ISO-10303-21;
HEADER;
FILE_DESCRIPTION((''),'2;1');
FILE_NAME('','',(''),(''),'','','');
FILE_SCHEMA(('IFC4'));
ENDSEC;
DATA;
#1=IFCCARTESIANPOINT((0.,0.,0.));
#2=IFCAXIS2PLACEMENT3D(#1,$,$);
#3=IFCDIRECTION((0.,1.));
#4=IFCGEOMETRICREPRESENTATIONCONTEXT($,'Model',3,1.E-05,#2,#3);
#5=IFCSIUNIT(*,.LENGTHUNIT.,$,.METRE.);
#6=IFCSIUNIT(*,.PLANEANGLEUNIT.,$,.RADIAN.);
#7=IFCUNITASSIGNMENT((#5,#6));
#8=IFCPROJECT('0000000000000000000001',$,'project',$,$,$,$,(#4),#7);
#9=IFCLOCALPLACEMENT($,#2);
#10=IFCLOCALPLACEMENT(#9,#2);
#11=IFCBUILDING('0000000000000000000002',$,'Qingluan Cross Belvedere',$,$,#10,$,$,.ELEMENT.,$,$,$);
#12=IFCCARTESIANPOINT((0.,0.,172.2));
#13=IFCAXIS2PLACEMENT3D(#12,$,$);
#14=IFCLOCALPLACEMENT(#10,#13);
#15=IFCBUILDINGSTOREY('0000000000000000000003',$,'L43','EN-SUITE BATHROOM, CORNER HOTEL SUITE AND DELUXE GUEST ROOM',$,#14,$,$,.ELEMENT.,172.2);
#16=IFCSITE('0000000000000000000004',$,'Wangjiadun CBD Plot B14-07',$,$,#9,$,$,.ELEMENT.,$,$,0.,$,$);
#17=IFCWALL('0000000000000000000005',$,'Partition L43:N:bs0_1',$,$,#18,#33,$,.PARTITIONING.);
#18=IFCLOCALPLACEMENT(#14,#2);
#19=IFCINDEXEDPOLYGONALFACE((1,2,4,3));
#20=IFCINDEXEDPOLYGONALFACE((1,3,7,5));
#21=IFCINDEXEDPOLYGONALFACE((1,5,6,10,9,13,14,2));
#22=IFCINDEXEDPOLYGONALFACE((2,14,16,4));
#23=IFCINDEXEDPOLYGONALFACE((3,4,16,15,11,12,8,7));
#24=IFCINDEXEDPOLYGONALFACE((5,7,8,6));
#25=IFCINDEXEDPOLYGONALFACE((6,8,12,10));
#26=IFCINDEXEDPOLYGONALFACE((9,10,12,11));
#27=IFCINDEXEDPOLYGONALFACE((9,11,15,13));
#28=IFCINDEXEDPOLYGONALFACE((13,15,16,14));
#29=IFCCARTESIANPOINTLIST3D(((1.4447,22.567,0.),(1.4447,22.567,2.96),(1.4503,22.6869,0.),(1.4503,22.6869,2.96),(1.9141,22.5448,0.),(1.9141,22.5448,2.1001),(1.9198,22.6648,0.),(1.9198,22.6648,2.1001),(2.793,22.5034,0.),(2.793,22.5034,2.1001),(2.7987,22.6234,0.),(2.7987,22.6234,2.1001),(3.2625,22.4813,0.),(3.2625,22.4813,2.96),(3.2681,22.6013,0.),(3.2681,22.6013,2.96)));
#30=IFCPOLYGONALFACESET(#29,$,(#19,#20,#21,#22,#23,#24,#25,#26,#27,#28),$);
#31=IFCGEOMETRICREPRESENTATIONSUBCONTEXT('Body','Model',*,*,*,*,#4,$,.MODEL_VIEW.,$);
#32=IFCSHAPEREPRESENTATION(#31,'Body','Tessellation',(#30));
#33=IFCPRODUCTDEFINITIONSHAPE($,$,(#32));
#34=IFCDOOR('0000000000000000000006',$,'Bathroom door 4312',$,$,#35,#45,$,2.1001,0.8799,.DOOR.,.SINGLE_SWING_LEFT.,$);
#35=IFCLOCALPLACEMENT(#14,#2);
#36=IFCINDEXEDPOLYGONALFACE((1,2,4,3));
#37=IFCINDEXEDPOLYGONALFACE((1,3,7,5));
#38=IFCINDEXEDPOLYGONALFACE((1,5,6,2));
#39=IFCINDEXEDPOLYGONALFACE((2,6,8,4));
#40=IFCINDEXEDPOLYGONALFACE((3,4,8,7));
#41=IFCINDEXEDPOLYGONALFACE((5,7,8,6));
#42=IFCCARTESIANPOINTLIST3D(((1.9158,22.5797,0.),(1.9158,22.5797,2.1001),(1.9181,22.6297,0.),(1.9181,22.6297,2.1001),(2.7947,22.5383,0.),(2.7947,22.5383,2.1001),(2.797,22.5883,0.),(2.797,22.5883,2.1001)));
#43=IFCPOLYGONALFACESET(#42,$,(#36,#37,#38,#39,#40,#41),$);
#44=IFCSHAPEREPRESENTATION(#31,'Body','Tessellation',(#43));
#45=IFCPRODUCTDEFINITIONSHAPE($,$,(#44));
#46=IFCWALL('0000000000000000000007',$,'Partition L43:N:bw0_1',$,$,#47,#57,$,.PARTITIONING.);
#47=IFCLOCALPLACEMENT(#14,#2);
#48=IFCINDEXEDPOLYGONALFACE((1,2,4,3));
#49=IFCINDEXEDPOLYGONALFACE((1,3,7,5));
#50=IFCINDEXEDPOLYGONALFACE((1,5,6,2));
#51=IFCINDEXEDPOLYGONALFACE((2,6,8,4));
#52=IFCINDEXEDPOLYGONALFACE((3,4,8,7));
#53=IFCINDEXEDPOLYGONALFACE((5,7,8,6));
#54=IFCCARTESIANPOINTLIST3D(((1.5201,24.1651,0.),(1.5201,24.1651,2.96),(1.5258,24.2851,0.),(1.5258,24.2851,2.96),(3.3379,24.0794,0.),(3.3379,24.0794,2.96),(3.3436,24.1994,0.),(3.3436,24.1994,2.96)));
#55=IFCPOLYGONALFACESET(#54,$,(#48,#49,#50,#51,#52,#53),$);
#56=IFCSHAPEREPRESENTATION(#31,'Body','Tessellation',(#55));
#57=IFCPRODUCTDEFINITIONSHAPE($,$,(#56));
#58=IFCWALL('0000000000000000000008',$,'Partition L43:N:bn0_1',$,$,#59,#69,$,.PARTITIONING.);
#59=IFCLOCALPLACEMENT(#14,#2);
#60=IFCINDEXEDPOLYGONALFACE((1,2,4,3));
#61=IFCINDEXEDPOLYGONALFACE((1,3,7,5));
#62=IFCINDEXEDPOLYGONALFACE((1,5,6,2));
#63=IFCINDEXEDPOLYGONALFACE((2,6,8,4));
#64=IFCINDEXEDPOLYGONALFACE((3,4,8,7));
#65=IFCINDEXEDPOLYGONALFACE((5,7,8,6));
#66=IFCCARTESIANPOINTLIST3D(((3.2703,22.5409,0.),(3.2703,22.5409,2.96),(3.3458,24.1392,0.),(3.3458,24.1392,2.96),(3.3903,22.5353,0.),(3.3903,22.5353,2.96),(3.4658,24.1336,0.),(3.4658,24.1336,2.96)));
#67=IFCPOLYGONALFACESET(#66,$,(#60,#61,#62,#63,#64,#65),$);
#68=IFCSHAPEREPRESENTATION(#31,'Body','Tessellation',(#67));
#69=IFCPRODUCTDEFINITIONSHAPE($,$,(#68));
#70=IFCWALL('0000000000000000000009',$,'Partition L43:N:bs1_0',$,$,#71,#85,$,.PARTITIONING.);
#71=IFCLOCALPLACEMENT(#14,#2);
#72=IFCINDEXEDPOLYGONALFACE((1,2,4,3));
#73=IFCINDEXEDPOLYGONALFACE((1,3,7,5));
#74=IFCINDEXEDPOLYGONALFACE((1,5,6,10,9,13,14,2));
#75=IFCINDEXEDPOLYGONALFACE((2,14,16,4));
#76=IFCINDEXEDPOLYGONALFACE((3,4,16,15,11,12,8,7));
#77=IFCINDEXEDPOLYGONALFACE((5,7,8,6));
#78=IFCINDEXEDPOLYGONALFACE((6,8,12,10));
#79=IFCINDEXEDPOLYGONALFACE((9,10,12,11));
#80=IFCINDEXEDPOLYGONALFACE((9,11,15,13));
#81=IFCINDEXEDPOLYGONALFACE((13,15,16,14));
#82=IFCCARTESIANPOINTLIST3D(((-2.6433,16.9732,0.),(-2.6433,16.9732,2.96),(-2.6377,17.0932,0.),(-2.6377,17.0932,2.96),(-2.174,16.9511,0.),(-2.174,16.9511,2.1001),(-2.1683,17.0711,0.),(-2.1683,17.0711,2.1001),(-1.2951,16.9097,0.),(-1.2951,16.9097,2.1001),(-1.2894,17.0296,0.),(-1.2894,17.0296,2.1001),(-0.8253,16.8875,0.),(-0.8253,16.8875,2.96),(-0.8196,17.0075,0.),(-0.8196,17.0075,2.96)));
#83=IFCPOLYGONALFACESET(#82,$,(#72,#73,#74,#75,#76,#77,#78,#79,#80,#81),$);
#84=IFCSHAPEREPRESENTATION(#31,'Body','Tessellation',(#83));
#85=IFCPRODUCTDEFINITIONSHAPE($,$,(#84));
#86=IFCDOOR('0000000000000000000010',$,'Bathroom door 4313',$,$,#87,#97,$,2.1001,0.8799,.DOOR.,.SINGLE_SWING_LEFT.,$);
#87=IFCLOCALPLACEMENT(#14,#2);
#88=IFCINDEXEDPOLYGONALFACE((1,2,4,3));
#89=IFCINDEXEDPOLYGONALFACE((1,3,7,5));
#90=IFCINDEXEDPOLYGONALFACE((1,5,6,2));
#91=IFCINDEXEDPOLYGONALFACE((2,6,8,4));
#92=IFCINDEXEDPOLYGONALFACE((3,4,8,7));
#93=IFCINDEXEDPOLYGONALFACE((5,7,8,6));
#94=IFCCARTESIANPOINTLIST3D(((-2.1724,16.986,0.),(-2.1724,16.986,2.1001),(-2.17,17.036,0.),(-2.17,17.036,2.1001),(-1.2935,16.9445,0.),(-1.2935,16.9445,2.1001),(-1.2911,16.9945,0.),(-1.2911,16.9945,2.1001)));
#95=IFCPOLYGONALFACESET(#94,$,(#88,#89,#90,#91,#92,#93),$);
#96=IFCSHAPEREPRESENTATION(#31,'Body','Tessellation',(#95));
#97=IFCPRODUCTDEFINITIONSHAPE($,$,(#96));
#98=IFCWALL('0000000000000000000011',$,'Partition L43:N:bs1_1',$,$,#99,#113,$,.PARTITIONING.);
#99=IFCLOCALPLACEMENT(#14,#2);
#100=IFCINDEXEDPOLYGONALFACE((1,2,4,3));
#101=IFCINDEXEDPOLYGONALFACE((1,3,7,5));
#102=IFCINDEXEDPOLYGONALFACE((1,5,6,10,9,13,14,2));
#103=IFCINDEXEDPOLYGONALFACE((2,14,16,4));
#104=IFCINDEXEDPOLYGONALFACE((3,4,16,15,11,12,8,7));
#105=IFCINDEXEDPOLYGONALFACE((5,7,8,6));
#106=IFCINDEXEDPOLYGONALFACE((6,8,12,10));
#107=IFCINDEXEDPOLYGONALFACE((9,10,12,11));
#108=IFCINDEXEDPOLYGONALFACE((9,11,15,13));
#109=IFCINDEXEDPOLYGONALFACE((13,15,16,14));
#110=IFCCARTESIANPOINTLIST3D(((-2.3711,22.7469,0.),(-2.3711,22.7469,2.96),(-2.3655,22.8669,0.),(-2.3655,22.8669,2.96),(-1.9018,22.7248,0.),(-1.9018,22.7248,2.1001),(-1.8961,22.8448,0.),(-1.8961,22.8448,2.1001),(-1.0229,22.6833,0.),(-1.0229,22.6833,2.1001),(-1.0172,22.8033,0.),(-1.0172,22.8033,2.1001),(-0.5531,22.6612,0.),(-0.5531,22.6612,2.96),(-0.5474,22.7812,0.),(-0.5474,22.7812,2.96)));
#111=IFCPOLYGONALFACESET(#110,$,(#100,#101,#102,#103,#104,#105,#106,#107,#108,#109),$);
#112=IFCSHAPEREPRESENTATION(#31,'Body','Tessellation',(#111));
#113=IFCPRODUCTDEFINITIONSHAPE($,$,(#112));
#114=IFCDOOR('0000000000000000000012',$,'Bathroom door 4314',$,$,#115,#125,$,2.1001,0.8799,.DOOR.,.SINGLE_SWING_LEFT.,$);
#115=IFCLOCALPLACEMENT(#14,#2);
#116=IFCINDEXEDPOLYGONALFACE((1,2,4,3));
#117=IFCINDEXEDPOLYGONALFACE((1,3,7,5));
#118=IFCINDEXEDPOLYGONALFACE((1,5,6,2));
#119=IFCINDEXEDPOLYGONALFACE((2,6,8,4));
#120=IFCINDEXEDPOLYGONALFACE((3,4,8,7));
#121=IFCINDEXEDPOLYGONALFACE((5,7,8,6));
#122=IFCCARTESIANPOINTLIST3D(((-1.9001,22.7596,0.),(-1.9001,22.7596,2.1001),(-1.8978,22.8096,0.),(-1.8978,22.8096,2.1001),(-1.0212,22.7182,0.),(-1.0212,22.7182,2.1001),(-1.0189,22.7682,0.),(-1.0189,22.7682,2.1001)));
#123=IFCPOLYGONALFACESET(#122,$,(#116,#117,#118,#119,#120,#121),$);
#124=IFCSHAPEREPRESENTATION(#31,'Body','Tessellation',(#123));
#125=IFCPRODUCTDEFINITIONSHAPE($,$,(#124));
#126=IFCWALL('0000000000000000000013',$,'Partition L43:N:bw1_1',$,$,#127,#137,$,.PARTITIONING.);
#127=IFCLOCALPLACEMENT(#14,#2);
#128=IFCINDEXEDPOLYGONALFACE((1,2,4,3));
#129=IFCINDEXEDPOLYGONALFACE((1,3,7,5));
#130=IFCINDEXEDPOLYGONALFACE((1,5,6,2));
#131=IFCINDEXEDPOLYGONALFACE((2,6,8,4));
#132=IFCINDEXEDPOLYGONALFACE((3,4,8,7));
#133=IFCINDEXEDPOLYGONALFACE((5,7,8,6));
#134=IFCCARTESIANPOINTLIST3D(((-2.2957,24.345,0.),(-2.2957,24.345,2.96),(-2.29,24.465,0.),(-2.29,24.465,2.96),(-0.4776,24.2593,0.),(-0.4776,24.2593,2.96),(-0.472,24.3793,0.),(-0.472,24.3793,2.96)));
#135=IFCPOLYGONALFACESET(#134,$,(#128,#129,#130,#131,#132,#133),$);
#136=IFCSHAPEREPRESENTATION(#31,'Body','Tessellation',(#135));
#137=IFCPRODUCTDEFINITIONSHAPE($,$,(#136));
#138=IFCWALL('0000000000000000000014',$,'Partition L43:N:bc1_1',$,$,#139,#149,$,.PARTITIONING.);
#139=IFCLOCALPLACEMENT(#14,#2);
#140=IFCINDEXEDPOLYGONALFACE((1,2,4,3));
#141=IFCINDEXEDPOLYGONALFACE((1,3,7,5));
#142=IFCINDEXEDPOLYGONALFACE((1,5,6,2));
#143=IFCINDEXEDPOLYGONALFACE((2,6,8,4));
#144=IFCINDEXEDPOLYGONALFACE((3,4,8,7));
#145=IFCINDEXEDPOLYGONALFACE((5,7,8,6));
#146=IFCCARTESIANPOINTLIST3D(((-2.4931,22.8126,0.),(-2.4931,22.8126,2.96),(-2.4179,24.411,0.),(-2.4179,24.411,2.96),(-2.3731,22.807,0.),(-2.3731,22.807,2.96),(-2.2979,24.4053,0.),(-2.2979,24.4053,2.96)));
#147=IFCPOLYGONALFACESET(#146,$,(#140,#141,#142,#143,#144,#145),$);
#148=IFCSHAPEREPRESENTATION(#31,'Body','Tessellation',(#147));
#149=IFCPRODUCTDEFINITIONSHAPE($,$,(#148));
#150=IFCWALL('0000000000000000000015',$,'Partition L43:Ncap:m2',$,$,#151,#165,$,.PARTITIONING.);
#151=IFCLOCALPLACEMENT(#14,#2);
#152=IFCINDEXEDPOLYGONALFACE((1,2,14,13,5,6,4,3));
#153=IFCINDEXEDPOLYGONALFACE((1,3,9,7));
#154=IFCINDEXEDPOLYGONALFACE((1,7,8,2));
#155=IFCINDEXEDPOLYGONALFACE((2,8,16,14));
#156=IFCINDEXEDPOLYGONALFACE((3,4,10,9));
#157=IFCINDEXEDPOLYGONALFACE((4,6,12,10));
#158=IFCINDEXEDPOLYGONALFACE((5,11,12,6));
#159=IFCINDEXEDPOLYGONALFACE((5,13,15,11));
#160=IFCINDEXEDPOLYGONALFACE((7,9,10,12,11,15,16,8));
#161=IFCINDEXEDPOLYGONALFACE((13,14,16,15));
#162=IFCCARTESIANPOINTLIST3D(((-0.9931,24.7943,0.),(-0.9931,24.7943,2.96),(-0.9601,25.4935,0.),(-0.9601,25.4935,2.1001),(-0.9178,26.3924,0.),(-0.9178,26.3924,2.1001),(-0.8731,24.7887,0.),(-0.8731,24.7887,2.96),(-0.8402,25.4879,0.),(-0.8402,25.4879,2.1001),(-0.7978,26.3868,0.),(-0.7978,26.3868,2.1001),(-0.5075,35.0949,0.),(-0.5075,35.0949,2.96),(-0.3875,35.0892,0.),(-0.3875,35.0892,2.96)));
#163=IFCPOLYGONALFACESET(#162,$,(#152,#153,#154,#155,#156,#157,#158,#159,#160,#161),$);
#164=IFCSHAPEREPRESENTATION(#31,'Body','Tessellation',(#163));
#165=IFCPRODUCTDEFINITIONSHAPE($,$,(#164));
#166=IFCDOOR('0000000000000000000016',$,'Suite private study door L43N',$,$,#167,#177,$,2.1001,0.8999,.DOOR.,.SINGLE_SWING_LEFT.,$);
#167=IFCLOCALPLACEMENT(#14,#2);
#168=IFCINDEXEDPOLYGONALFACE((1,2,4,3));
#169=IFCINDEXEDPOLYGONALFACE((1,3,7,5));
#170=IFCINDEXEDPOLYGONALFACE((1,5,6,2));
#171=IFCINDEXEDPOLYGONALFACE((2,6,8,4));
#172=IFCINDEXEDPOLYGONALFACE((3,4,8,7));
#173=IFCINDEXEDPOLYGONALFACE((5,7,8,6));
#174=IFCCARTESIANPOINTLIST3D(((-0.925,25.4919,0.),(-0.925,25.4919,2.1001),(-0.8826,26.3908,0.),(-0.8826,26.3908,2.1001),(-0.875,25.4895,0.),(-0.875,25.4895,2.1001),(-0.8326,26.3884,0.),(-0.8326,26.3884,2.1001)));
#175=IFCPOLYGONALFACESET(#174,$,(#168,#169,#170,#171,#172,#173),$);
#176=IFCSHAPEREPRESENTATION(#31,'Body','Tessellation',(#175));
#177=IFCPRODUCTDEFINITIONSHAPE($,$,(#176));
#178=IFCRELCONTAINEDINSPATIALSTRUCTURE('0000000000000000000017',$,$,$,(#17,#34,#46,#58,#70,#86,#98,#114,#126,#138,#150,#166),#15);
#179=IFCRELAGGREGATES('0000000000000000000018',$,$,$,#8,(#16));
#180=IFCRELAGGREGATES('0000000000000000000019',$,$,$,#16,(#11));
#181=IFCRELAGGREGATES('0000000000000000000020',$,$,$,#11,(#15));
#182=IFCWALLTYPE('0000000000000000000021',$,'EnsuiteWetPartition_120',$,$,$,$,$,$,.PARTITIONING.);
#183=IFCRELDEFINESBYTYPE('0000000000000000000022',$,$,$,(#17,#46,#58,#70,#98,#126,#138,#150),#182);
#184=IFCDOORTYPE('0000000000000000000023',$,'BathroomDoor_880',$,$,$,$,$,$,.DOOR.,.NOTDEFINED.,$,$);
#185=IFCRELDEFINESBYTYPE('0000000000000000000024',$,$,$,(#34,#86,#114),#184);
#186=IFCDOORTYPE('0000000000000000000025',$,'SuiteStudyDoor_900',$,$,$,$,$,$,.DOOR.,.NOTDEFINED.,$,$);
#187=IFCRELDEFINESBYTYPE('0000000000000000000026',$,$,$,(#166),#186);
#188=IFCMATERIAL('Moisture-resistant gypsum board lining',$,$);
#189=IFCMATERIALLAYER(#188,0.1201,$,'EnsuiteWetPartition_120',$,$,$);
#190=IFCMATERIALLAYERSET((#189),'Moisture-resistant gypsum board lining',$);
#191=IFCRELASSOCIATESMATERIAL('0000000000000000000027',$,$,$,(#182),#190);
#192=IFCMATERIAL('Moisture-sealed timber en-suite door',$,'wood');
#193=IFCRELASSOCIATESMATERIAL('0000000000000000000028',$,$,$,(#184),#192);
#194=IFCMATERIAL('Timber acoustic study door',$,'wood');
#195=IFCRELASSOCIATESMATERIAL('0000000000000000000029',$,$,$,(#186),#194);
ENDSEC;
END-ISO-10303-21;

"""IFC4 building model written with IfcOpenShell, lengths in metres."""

from ifc_helpers import new_model, si_unit, direction, frame, frame_2d, origin, place, context, subcontext, project, spatial, rectangle, extrude, material, layer, layer_set, type_object, element, fill, save


model = new_model("IFC4")

# Units and contexts
model_context = context("Model", 3, precision=1e-05, world=origin(), true_north=direction((0.0, 1.0)))
body_context = subcontext(model_context, "Body", "Model", "MODEL_VIEW")
ifc_project = project(units=[si_unit("LENGTHUNIT", "METRE"), si_unit("PLANEANGLEUNIT", "RADIAN")], contexts=[model_context])

# Site, building, storey
site_placement = place(None, origin())
site = spatial("IfcSite", under=ifc_project, at=site_placement, Name="Wangjiadun CBD Plot B14-07", CompositionType="ELEMENT", RefElevation=0.0)
building_placement = place(site_placement, origin())
building = spatial("IfcBuilding", under=site, at=building_placement, Name="Qingluan Cross Belvedere", CompositionType="ELEMENT")
storey_placement = place(building_placement, frame((0.0, 0.0, 172.2)))
storey = spatial("IfcBuildingStorey", under=building, at=storey_placement, Name="L43", Description="EN-SUITE BATHROOM, CORNER HOTEL SUITE AND DELUXE GUEST ROOM", CompositionType="ELEMENT", Elevation=172.2)

# Wall, opening, door
ifc_material_1 = material(Name="Moisture-resistant gypsum board lining")
ifc_layer_1 = layer(ifc_material_1, 0.1201, Name="EnsuiteWetPartition_120")
ifc_layer_set_1 = layer_set([ifc_layer_1], Name="Moisture-resistant gypsum board lining")
wall_type_1 = type_object("IfcWallType", Name="EnsuiteWetPartition_120", PredefinedType="PARTITIONING", material=ifc_layer_set_1)
wall_1_placement = place(storey_placement, frame((1.4475, 22.627, 0.0), z_axis=(0.0, 0.0, 1.0), x_axis=(0.998891, -0.047087, 0.0)))
wall_1 = element("IfcWall", 1, at=wall_1_placement, inside=storey, type_object=wall_type_1, Name="Partition L43:N:bs0_1", PredefinedType="PARTITIONING", context=body_context, shape_type="SweptSolid", body=[
    extrude(rectangle(XDim=1.8198, YDim=0.1201, at=frame_2d((0.9099, 0.0))), origin(), (0.0, 0.0, 1.0), 2.96),
])
opening_1_placement = place(wall_1_placement, frame((0.47, 0.0, 0.0)))
opening_1 = element("IfcOpeningElement", 2, at=opening_1_placement, cuts=wall_1, PredefinedType="OPENING", context=body_context, shape_type="SweptSolid", body=[
    extrude(rectangle(XDim=0.8799, YDim=2.1001, at=frame_2d((0.4399, 1.05))), frame((0.0, 0.0701, 0.0), z_axis=(0.0, -1.0, 0.0), x_axis=(1.0, 0.0, 0.0)), (0.0, 0.0, 1.0), 0.1401),
])
ifc_material_2 = material(Name="Moisture-sealed timber en-suite door", Category="wood")
door_type_1 = type_object("IfcDoorType", Name="BathroomDoor_880", OperationType="NOTDEFINED", PredefinedType="DOOR", material=ifc_material_2)
door_1_placement = place(opening_1_placement, origin())
door_1 = element("IfcDoor", 3, at=door_1_placement, inside=storey, type_object=door_type_1, Name="Bathroom door 4312", OperationType="SINGLE_SWING_LEFT", OverallHeight=2.1001, OverallWidth=0.8799, PredefinedType="DOOR", context=body_context, shape_type="SweptSolid", body=[
    extrude(rectangle(XDim=0.8799, YDim=2.1001, at=frame_2d((0.4399, 1.05))), frame((0.0, 0.0249, 0.0), z_axis=(0.0, -1.0, 0.0), x_axis=(1.0, 0.0, 0.0)), (0.0, 0.0, 1.0), 0.05),
])
fill(opening_1, door_1)

# Walls
wall_2_placement = place(storey_placement, frame((1.5229, 24.2251, 0.0), z_axis=(0.0, 0.0, 1.0), x_axis=(0.998891, -0.047087, 0.0)))
element("IfcWall", 4, at=wall_2_placement, inside=storey, type_object=wall_type_1, Name="Partition L43:N:bw0_1", PredefinedType="PARTITIONING", context=body_context, shape_type="SweptSolid", body=[
    extrude(rectangle(XDim=1.8198, YDim=0.1201, at=frame_2d((0.9099, 0.0))), origin(), (0.0, 0.0, 1.0), 2.96),
])
wall_3_placement = place(storey_placement, frame((3.3303, 22.5381, 0.0), z_axis=(0.0, 0.0, 1.0), x_axis=(0.047145, 0.998888, 0.0)))
element("IfcWall", 5, at=wall_3_placement, inside=storey, type_object=wall_type_1, Name="Partition L43:N:bn0_1", PredefinedType="PARTITIONING", context=body_context, shape_type="SweptSolid", body=[
    extrude(rectangle(XDim=1.6001, YDim=0.1201, at=frame_2d((0.8, 0.0))), origin(), (0.0, 0.0, 1.0), 2.96),
])

# Walls, openings, doors
wall_4_placement = place(storey_placement, frame((-2.6406, 17.0332, 0.0), z_axis=(0.0, 0.0, 1.0), x_axis=(0.998891, -0.047081, 0.0)))
wall_4 = element("IfcWall", 6, at=wall_4_placement, inside=storey, type_object=wall_type_1, Name="Partition L43:N:bs1_0", PredefinedType="PARTITIONING", context=body_context, shape_type="SweptSolid", body=[
    extrude(rectangle(XDim=1.8201, YDim=0.1201, at=frame_2d((0.9102, 0.0))), origin(), (0.0, 0.0, 1.0), 2.96),
])
opening_2_placement = place(wall_4_placement, frame((0.47, 0.0, 0.0)))
opening_2 = element("IfcOpeningElement", 7, at=opening_2_placement, cuts=wall_4, PredefinedType="OPENING", context=body_context, shape_type="SweptSolid", body=[
    extrude(rectangle(XDim=0.8799, YDim=2.1001, at=frame_2d((0.4399, 1.05))), frame((0.0, 0.0701, 0.0), z_axis=(0.0, -1.0, 0.0), x_axis=(1.0, 0.0, 0.0)), (0.0, 0.0, 1.0), 0.1401),
])
door_2_placement = place(opening_2_placement, origin())
door_2 = element("IfcDoor", 8, at=door_2_placement, inside=storey, type_object=door_type_1, Name="Bathroom door 4313", OperationType="SINGLE_SWING_LEFT", OverallHeight=2.1001, OverallWidth=0.8799, PredefinedType="DOOR", context=body_context, shape_type="SweptSolid", body=[
    extrude(rectangle(XDim=0.8799, YDim=2.1001, at=frame_2d((0.4399, 1.05))), frame((0.0, 0.0249, 0.0), z_axis=(0.0, -1.0, 0.0), x_axis=(1.0, 0.0, 0.0)), (0.0, 0.0, 1.0), 0.05),
])
fill(opening_2, door_2)
wall_5_placement = place(storey_placement, frame((-2.3684, 22.8069, 0.0), z_axis=(0.0, 0.0, 1.0), x_axis=(0.998891, -0.047081, 0.0)))
wall_5 = element("IfcWall", 9, at=wall_5_placement, inside=storey, type_object=wall_type_1, Name="Partition L43:N:bs1_1", PredefinedType="PARTITIONING", context=body_context, shape_type="SweptSolid", body=[
    extrude(rectangle(XDim=1.8201, YDim=0.1201, at=frame_2d((0.9102, 0.0))), origin(), (0.0, 0.0, 1.0), 2.96),
])
opening_3_placement = place(wall_5_placement, frame((0.47, 0.0, 0.0)))
opening_3 = element("IfcOpeningElement", 10, at=opening_3_placement, cuts=wall_5, PredefinedType="OPENING", context=body_context, shape_type="SweptSolid", body=[
    extrude(rectangle(XDim=0.8799, YDim=2.1001, at=frame_2d((0.4399, 1.05))), frame((0.0, 0.0701, 0.0), z_axis=(0.0, -1.0, 0.0), x_axis=(1.0, 0.0, 0.0)), (0.0, 0.0, 1.0), 0.1401),
])
door_3_placement = place(opening_3_placement, origin())
door_3 = element("IfcDoor", 11, at=door_3_placement, inside=storey, type_object=door_type_1, Name="Bathroom door 4314", OperationType="SINGLE_SWING_LEFT", OverallHeight=2.1001, OverallWidth=0.8799, PredefinedType="DOOR", context=body_context, shape_type="SweptSolid", body=[
    extrude(rectangle(XDim=0.8799, YDim=2.1001, at=frame_2d((0.4399, 1.05))), frame((0.0, 0.0249, 0.0), z_axis=(0.0, -1.0, 0.0), x_axis=(1.0, 0.0, 0.0)), (0.0, 0.0, 1.0), 0.05),
])
fill(opening_3, door_3)

# Walls
wall_6_placement = place(storey_placement, frame((-2.293, 24.405, 0.0), z_axis=(0.0, 0.0, 1.0), x_axis=(0.998891, -0.047081, 0.0)))
element("IfcWall", 12, at=wall_6_placement, inside=storey, type_object=wall_type_1, Name="Partition L43:N:bw1_1", PredefinedType="PARTITIONING", context=body_context, shape_type="SweptSolid", body=[
    extrude(rectangle(XDim=1.8201, YDim=0.1201, at=frame_2d((0.9102, 0.0))), origin(), (0.0, 0.0, 1.0), 2.96),
])
wall_7_placement = place(storey_placement, frame((-2.4331, 22.8098, 0.0), z_axis=(0.0, 0.0, 1.0), x_axis=(0.046992, 0.998895, 0.0)))
element("IfcWall", 13, at=wall_7_placement, inside=storey, type_object=wall_type_1, Name="Partition L43:N:bc1_1", PredefinedType="PARTITIONING", context=body_context, shape_type="SweptSolid", body=[
    extrude(rectangle(XDim=1.6001, YDim=0.1201, at=frame_2d((0.8, 0.0))), origin(), (0.0, 0.0, 1.0), 2.96),
])

# Wall, opening, door
wall_8_placement = place(storey_placement, frame((-0.9331, 24.7915, 0.0), z_axis=(0.0, 0.0, 1.0), x_axis=(0.04709, 0.998891, 0.0)))
wall_8 = element("IfcWall", 14, at=wall_8_placement, inside=storey, type_object=wall_type_1, Name="Partition L43:Ncap:m2", PredefinedType="PARTITIONING", context=body_context, shape_type="SweptSolid", body=[
    extrude(rectangle(XDim=10.312, YDim=0.1201, at=frame_2d((5.156, 0.0))), origin(), (0.0, 0.0, 1.0), 2.96),
])
opening_4_placement = place(wall_8_placement, frame((0.7, 0.0, 0.0)))
opening_4 = element("IfcOpeningElement", 15, at=opening_4_placement, cuts=wall_8, PredefinedType="OPENING", context=body_context, shape_type="SweptSolid", body=[
    extrude(rectangle(XDim=0.8999, YDim=2.1001, at=frame_2d((0.45, 1.05))), frame((0.0, 0.0701, 0.0), z_axis=(0.0, -1.0, 0.0), x_axis=(1.0, 0.0, 0.0)), (0.0, 0.0, 1.0), 0.1401),
])
ifc_material_3 = material(Name="Timber acoustic study door", Category="wood")
door_type_2 = type_object("IfcDoorType", Name="SuiteStudyDoor_900", OperationType="NOTDEFINED", PredefinedType="DOOR", material=ifc_material_3)
door_4_placement = place(opening_4_placement, origin())
door_4 = element("IfcDoor", 16, at=door_4_placement, inside=storey, type_object=door_type_2, Name="Suite private study door L43N", OperationType="SINGLE_SWING_LEFT", OverallHeight=2.1001, OverallWidth=0.8999, PredefinedType="DOOR", context=body_context, shape_type="SweptSolid", body=[
    extrude(rectangle(XDim=0.8999, YDim=2.1001, at=frame_2d((0.45, 1.05))), frame((0.0, 0.0249, 0.0), z_axis=(0.0, -1.0, 0.0), x_axis=(1.0, 0.0, 0.0)), (0.0, 0.0, 1.0), 0.05),
])
fill(opening_4, door_4)

save(model, "model.ifc")
